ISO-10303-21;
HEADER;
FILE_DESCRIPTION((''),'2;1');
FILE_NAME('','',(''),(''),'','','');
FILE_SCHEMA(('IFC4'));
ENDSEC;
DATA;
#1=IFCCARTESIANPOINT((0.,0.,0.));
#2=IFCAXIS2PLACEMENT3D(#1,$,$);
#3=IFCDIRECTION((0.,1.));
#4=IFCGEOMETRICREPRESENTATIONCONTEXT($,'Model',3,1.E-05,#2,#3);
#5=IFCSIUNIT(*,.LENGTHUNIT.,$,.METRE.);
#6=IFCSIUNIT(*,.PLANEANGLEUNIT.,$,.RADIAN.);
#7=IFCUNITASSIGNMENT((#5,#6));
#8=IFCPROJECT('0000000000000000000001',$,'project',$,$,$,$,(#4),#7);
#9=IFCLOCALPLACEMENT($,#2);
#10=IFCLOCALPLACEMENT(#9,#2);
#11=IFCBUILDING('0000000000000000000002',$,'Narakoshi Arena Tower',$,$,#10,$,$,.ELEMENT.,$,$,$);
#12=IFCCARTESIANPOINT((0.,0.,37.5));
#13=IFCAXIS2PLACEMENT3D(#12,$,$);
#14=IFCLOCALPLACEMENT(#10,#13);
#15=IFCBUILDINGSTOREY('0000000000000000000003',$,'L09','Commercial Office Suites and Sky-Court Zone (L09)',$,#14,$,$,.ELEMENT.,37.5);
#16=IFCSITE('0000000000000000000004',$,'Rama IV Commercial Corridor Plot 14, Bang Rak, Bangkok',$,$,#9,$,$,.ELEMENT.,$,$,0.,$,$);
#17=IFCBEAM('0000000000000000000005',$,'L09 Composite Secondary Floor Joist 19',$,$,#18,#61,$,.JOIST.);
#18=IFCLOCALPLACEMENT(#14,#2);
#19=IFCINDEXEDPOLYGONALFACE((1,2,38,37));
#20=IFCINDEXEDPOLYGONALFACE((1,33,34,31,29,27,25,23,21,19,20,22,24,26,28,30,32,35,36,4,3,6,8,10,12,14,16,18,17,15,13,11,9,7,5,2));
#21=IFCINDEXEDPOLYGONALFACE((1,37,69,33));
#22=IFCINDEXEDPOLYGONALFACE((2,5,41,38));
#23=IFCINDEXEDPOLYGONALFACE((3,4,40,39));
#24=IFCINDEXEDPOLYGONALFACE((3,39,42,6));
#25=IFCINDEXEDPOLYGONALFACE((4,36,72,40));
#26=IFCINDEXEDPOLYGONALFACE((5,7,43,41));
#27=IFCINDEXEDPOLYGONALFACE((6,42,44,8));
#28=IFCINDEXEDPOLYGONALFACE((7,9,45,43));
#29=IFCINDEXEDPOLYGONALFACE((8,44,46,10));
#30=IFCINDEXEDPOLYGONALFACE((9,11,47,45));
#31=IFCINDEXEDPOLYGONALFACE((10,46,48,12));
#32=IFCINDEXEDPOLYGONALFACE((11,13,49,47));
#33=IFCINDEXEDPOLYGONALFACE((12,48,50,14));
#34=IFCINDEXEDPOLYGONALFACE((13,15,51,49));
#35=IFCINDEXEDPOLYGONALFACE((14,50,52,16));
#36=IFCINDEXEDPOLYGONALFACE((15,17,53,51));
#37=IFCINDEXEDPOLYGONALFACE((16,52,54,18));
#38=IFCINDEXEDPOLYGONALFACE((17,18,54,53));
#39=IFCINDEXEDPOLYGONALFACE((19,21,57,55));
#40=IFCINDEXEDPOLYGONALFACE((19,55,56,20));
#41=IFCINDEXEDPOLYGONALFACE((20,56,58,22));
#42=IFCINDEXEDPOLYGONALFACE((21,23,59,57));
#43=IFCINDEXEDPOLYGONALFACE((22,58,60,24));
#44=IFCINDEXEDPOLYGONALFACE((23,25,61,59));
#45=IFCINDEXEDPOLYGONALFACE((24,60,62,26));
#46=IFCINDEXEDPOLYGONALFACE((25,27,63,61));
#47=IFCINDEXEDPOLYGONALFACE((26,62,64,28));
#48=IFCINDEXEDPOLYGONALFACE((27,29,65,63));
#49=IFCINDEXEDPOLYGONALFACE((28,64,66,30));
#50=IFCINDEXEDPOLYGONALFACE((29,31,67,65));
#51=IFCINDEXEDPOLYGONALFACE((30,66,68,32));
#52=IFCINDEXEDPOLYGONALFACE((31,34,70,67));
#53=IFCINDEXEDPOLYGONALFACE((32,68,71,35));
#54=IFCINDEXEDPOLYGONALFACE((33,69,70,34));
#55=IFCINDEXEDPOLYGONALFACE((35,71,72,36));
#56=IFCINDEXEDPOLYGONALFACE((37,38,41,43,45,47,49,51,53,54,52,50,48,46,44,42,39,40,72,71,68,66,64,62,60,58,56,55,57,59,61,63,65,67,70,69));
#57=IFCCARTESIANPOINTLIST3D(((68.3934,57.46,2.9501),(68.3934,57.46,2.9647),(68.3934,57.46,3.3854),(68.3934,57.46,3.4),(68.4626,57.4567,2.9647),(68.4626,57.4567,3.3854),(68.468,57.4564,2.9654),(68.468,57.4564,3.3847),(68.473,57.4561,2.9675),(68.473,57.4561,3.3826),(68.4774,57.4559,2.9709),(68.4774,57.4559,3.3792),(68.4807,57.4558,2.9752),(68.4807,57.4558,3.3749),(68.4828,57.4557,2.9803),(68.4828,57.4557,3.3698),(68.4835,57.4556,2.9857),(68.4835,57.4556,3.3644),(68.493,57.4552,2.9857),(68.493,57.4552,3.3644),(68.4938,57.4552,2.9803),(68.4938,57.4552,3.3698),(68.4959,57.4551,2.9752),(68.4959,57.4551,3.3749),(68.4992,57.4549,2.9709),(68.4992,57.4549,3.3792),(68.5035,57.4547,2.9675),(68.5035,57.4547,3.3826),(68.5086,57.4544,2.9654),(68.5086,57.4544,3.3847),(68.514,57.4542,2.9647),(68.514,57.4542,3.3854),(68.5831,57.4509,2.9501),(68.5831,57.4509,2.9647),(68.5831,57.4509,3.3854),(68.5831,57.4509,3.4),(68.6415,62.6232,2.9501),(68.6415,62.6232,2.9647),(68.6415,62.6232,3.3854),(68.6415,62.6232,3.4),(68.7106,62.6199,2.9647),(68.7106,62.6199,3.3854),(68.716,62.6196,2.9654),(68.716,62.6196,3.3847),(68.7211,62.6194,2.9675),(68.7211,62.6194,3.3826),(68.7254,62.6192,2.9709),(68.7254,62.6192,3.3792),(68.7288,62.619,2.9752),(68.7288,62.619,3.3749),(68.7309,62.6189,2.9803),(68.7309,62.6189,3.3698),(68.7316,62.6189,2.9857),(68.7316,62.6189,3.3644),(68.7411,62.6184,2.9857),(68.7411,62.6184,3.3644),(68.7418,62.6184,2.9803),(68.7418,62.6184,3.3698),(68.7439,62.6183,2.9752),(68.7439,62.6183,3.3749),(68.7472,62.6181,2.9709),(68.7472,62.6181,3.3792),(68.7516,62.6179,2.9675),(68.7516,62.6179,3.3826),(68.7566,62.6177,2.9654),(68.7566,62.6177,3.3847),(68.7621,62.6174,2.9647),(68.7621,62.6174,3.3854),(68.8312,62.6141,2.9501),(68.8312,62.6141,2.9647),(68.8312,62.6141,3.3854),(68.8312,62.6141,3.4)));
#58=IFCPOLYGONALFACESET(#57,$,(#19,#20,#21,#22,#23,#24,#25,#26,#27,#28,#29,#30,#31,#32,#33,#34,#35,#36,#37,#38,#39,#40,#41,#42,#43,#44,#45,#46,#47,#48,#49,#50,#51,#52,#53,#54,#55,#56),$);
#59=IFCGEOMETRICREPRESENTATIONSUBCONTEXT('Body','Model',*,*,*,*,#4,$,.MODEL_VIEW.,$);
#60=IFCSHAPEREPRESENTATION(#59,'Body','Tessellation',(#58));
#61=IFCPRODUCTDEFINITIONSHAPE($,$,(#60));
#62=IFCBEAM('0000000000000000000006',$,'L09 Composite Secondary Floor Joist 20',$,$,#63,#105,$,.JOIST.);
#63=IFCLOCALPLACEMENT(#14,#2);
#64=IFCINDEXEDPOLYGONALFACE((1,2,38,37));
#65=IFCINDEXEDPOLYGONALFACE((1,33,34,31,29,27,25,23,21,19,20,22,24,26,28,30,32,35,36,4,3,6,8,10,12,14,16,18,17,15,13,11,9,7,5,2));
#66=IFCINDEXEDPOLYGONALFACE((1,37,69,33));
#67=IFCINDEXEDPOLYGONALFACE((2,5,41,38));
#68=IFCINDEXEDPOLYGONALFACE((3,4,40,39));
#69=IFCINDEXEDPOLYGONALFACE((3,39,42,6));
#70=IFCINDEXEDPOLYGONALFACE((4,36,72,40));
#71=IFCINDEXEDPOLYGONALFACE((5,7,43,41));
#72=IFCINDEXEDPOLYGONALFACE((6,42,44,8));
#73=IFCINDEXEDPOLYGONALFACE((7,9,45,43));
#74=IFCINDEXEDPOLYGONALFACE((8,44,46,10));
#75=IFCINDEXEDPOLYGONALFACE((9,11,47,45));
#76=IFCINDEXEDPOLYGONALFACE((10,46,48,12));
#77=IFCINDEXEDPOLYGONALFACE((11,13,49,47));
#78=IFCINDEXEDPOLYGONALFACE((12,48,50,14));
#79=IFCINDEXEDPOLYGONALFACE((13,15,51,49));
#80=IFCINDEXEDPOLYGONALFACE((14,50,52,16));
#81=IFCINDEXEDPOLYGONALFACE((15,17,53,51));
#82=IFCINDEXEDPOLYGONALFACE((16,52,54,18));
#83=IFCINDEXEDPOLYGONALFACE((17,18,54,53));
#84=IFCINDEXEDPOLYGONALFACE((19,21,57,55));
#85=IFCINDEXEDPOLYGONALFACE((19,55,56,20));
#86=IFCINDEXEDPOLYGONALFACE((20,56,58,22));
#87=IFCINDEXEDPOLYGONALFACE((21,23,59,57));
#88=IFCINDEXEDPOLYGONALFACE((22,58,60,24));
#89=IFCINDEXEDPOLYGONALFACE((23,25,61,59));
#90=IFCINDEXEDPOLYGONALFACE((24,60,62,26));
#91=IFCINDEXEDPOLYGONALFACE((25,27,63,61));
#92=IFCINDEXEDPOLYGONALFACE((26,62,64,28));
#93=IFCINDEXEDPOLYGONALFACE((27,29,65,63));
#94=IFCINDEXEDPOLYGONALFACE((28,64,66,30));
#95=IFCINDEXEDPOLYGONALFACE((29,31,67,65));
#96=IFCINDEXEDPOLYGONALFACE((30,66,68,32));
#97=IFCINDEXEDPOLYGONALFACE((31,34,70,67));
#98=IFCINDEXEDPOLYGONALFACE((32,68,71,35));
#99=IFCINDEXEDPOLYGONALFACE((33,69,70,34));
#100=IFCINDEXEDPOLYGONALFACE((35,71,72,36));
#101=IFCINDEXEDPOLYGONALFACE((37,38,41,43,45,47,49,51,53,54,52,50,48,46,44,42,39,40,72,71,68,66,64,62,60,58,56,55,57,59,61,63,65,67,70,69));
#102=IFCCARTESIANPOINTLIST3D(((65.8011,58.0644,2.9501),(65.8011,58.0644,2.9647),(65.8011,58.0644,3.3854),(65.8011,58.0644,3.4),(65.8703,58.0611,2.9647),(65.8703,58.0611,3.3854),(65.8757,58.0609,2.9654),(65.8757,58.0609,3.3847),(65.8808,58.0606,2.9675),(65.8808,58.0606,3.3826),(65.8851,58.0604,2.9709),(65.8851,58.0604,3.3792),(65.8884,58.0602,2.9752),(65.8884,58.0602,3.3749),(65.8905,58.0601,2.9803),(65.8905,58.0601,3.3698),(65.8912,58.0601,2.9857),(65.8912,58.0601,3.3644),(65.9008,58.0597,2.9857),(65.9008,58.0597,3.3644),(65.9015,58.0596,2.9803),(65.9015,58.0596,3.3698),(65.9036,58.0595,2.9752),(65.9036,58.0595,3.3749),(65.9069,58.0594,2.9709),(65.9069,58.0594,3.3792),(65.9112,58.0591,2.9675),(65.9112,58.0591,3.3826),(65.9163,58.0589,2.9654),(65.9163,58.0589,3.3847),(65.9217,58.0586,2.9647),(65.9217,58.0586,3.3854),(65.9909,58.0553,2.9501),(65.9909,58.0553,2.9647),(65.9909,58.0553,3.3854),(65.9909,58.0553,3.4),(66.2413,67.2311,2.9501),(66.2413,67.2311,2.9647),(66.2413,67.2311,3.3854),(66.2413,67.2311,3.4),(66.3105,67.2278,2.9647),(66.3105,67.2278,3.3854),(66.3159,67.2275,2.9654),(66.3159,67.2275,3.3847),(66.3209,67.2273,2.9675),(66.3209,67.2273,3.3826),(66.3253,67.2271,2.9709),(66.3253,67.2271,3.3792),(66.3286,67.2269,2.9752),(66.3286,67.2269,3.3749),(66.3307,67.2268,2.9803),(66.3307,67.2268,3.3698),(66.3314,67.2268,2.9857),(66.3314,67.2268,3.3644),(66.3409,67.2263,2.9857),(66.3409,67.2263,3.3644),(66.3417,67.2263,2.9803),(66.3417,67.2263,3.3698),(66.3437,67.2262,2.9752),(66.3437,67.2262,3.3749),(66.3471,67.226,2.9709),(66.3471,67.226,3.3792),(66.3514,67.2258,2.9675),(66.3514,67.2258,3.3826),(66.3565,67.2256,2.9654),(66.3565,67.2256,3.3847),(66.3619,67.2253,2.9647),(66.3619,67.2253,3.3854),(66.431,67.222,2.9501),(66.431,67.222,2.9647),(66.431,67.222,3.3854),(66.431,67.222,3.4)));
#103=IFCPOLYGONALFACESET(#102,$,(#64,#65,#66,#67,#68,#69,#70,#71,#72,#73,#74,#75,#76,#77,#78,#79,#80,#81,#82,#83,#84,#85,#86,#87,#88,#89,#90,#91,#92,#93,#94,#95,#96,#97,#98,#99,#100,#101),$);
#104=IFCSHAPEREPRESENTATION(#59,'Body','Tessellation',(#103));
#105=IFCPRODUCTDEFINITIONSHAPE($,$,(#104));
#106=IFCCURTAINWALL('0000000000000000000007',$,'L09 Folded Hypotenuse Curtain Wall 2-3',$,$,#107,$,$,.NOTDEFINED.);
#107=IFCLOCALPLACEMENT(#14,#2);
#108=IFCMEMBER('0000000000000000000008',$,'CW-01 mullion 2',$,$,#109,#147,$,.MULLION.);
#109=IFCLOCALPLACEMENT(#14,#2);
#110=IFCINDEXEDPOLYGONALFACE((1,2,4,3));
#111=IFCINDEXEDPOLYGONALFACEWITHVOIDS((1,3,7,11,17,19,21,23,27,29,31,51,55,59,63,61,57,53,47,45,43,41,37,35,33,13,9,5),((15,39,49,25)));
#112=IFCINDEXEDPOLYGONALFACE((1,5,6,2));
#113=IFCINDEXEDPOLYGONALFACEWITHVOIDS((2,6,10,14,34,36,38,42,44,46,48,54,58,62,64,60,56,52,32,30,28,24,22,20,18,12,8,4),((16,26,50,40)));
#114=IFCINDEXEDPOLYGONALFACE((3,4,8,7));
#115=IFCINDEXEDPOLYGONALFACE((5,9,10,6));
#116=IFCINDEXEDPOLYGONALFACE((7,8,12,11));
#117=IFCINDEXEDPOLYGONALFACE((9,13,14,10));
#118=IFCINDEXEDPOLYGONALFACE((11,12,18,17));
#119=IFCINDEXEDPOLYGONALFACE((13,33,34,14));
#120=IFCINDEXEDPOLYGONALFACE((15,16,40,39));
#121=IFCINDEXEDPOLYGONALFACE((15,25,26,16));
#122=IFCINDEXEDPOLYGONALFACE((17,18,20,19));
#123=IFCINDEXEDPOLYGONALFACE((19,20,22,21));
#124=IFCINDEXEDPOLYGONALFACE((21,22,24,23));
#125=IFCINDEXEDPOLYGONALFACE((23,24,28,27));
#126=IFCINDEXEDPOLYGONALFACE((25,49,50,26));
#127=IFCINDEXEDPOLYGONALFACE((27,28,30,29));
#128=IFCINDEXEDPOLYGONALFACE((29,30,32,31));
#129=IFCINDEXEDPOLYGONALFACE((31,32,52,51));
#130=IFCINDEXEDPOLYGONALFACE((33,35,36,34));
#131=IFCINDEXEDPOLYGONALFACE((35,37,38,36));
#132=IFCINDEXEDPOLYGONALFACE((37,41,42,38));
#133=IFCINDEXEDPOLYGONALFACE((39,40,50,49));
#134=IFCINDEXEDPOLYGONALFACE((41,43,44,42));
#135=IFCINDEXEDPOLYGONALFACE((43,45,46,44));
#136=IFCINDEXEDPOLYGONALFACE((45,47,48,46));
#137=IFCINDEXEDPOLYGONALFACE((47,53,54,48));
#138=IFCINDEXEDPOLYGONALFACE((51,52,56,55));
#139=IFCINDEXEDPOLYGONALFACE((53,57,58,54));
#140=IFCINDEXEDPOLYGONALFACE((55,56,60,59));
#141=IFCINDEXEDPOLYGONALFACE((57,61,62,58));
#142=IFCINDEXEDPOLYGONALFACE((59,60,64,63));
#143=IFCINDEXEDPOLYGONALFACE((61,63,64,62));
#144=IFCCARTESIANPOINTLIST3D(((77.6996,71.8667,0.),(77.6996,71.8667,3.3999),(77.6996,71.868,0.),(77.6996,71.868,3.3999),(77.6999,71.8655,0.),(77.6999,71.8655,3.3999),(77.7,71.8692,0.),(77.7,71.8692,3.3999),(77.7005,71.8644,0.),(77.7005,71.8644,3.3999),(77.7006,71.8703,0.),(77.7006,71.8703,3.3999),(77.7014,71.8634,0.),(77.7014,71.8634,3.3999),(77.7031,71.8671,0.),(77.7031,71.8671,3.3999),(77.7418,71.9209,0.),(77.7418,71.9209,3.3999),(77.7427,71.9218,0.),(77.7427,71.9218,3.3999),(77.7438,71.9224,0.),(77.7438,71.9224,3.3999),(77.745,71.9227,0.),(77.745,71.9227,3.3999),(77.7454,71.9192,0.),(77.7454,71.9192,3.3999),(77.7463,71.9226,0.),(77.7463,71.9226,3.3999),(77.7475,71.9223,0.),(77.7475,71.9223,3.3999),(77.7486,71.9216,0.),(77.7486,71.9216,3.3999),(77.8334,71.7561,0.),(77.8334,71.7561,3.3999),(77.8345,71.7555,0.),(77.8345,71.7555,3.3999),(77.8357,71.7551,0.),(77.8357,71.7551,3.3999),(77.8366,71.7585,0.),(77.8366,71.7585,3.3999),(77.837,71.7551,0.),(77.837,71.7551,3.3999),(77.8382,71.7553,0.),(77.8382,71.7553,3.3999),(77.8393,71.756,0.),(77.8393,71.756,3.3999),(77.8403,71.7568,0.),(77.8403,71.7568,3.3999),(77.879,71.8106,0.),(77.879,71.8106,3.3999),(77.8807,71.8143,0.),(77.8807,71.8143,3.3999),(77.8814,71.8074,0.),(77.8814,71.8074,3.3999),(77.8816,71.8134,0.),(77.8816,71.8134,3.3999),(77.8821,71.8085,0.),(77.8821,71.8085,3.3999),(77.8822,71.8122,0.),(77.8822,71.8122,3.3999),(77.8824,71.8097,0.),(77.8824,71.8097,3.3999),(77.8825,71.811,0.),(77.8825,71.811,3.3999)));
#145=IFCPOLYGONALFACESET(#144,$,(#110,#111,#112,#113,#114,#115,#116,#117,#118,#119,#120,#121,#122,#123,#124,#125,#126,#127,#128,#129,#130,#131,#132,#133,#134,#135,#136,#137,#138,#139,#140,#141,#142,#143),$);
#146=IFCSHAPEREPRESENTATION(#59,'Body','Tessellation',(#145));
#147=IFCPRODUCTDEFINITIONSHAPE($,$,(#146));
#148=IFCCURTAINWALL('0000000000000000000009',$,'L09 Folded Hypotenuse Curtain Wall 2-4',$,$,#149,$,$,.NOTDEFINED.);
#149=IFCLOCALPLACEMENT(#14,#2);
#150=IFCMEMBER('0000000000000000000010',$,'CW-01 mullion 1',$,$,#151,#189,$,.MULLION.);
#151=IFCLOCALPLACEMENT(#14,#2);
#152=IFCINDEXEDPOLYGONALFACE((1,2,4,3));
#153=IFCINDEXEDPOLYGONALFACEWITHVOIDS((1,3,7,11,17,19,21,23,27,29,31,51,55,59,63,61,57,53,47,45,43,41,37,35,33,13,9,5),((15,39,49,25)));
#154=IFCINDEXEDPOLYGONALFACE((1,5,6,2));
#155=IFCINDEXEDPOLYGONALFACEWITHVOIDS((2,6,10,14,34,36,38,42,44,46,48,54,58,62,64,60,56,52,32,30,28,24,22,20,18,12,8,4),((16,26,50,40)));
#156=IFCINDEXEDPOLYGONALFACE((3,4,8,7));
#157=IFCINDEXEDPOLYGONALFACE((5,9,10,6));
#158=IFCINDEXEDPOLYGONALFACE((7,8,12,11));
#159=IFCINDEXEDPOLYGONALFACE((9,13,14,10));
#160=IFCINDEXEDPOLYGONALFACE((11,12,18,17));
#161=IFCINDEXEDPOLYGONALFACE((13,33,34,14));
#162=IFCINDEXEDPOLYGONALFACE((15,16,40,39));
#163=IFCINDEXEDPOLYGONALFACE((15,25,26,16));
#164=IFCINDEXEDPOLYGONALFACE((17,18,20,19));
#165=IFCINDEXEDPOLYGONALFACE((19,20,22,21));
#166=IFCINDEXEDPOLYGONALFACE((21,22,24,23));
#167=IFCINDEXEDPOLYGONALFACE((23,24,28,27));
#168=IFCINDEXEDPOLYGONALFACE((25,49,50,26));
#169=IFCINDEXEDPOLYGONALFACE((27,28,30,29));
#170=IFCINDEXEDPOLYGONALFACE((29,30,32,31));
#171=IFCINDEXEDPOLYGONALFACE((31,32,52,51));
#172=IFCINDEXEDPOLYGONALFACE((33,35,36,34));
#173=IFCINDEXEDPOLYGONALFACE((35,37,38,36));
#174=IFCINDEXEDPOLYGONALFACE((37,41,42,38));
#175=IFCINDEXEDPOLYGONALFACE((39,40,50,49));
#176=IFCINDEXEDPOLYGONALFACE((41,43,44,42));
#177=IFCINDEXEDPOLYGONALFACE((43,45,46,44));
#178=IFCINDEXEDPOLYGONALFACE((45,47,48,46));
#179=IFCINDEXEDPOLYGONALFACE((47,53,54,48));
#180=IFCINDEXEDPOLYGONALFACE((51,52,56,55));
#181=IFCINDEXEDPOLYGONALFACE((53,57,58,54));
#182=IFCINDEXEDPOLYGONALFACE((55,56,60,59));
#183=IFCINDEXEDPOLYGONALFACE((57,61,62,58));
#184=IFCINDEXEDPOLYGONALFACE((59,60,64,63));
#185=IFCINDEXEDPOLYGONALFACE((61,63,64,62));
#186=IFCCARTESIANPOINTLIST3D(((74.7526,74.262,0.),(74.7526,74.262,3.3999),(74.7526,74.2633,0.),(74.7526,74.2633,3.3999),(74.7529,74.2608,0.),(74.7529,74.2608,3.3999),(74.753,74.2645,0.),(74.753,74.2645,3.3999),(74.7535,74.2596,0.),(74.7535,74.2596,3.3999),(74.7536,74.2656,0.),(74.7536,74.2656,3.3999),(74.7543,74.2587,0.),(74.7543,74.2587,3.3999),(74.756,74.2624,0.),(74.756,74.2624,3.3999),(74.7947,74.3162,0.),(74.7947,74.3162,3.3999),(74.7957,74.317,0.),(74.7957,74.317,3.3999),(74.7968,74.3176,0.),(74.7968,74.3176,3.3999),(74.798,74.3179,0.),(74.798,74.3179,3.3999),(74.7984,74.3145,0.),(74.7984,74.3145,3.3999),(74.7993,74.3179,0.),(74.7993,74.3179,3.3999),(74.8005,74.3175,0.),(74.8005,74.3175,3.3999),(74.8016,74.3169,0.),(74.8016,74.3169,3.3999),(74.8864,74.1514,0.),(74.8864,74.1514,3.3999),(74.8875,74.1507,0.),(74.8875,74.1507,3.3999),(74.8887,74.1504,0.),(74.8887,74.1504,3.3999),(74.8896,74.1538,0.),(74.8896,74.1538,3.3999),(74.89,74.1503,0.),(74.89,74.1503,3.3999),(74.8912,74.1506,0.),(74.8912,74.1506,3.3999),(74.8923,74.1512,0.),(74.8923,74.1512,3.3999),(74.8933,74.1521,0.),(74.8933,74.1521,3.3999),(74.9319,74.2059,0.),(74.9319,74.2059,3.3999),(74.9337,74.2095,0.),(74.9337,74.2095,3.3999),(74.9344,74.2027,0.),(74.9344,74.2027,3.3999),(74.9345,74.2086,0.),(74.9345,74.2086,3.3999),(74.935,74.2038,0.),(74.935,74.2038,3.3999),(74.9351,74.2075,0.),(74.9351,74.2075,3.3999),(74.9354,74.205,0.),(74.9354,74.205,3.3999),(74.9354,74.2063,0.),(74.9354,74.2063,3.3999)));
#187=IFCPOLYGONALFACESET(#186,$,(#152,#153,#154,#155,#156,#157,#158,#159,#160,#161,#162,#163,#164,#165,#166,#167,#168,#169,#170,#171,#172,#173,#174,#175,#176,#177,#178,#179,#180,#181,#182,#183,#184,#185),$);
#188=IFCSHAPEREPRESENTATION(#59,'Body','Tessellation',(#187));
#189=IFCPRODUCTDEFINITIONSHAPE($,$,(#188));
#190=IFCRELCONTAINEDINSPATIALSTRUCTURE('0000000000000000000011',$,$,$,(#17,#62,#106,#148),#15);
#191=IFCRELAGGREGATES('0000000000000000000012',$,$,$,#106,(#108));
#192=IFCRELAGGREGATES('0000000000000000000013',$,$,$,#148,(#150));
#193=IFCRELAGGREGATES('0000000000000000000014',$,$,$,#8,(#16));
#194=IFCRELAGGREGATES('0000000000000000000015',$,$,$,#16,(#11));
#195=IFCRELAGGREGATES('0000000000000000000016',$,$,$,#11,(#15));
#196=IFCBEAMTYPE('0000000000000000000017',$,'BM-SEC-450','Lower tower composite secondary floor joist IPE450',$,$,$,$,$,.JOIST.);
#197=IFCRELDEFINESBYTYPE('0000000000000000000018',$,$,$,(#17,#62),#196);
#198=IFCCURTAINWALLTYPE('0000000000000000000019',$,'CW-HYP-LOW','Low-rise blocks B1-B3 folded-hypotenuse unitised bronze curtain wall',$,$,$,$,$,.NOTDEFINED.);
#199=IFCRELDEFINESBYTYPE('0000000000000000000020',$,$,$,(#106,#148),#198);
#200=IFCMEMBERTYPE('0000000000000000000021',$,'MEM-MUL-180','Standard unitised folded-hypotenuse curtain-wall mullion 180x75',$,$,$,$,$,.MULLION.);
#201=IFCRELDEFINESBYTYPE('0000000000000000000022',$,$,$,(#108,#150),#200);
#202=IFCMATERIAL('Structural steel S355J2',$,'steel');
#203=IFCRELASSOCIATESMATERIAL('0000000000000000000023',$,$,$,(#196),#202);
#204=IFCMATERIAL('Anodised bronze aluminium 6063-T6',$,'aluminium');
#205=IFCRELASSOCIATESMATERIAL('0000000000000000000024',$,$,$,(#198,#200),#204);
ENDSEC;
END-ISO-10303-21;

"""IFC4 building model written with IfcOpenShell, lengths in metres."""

from ifc_helpers import new_model, si_unit, direction, frame, origin, origin_2d, place, context, subcontext, project, spatial, hollow_rectangle, i_section, extrude, material, material_profile, profile_set, type_object, element, aggregate, save


model = new_model("IFC4")

# Units and contexts
model_context = context("Model", 3, precision=1e-05, world=origin(), true_north=direction((0.0, 1.0)))
body_context = subcontext(model_context, "Body", "Model", "MODEL_VIEW")
ifc_project = project(units=[si_unit("LENGTHUNIT", "METRE"), si_unit("PLANEANGLEUNIT", "RADIAN")], contexts=[model_context])

# Site, building, storey
site_placement = place(None, origin())
site = spatial("IfcSite", under=ifc_project, at=site_placement, Name="Rama IV Commercial Corridor Plot 14, Bang Rak, Bangkok", CompositionType="ELEMENT", RefElevation=0.0)
building_placement = place(site_placement, origin())
building = spatial("IfcBuilding", under=site, at=building_placement, Name="Narakoshi Arena Tower", CompositionType="ELEMENT")
storey_placement = place(building_placement, frame((0.0, 0.0, 37.5)))
storey = spatial("IfcBuildingStorey", under=building, at=storey_placement, Name="L09", Description="Commercial Office Suites and Sky-Court Zone (L09)", CompositionType="ELEMENT", Elevation=37.5)

# Beams
ifc_material_1 = material(Name="Structural steel S355J2", Category="steel")
ifc_material_profile_1 = material_profile(ifc_material_1, i_section(OverallWidth=0.1899, OverallDepth=0.45, WebThickness=0.0095, FlangeThickness=0.0146, FilletRadius=0.021, at=origin_2d()), Name="IPE450")
ifc_profile_set_1 = profile_set([ifc_material_profile_1], Name="Structural steel S355J2")
beam_type_1 = type_object("IfcBeamType", Name="BM-SEC-450", Description="Lower tower composite secondary floor joist IPE450", PredefinedType="JOIST", material=ifc_profile_set_1)
beam_1_placement = place(storey_placement, frame((68.7363, 62.6187, 3.175), z_axis=(-0.047985, -0.998848, 0.0), x_axis=(0.998848, -0.047985, 0.0)))
element("IfcBeam", 1, at=beam_1_placement, inside=storey, type_object=beam_type_1, Name="L09 Composite Secondary Floor Joist 19", PredefinedType="JOIST", context=body_context, shape_type="SweptSolid", body=[
    extrude(i_section(OverallWidth=0.1899, OverallDepth=0.45, WebThickness=0.0095, FlangeThickness=0.0146, FilletRadius=0.021, at=origin_2d()), origin(), (0.0, 0.0, 1.0), 5.1692),
])
beam_2_placement = place(storey_placement, frame((66.3362, 67.2266, 3.175), z_axis=(-0.047965, -0.998849, 0.0), x_axis=(0.998849, -0.047965, 0.0)))
element("IfcBeam", 2, at=beam_2_placement, inside=storey, type_object=beam_type_1, Name="L09 Composite Secondary Floor Joist 20", PredefinedType="JOIST", context=body_context, shape_type="SweptSolid", body=[
    extrude(i_section(OverallWidth=0.1899, OverallDepth=0.45, WebThickness=0.0095, FlangeThickness=0.0146, FilletRadius=0.021, at=origin_2d()), origin(), (0.0, 0.0, 1.0), 9.1772),
])

# Curtain wall, member
ifc_material_2 = material(Name="Anodised bronze aluminium 6063-T6", Category="aluminium")
curtain_wall_type = type_object("IfcCurtainWallType", Name="CW-HYP-LOW", Description="Low-rise blocks B1-B3 folded-hypotenuse unitised bronze curtain wall", PredefinedType="NOTDEFINED", material=ifc_material_2)
curtain_wall_1_placement = place(storey_placement, origin())
curtain_wall_1 = element("IfcCurtainWall", 3, at=curtain_wall_1_placement, inside=storey, type_object=curtain_wall_type, Name="L09 Folded Hypotenuse Curtain Wall 2-3", PredefinedType="NOTDEFINED")
ifc_material_profile_2 = material_profile(ifc_material_2, hollow_rectangle(XDim=0.075, YDim=0.1799, WallThickness=0.0039, OuterFilletRadius=0.0049, at=origin_2d()), Name="MUL180x75x4")
ifc_profile_set_2 = profile_set([ifc_material_profile_2], Name="Anodised bronze aluminium 6063-T6")
member_type_1 = type_object("IfcMemberType", Name="MEM-MUL-180", Description="Standard unitised folded-hypotenuse curtain-wall mullion 180x75", PredefinedType="MULLION", material=ifc_profile_set_2)
member_1_placement = place(storey_placement, frame((77.791, 71.8389, 0.0), z_axis=(0.0, 0.0, 1.0), x_axis=(-0.630723, -0.776008, 0.0)))
member_1 = element("IfcMember", 4, at=member_1_placement, type_object=member_type_1, Name="CW-01 mullion 2", PredefinedType="MULLION", context=body_context, shape_type="SweptSolid", body=[
    extrude(hollow_rectangle(XDim=0.075, YDim=0.1799, WallThickness=0.0039, OuterFilletRadius=0.0049, at=origin_2d()), origin(), (0.0, 0.0, 1.0), 3.3999),
])

# Curtain wall, member
curtain_wall_2_placement = place(storey_placement, origin())
curtain_wall_2 = element("IfcCurtainWall", 5, at=curtain_wall_2_placement, inside=storey, type_object=curtain_wall_type, Name="L09 Folded Hypotenuse Curtain Wall 2-4", PredefinedType="NOTDEFINED")
member_2_placement = place(storey_placement, frame((74.844, 74.2341, 0.0), z_axis=(0.0, 0.0, 1.0), x_axis=(-0.630734, -0.775999, 0.0)))
member_2 = element("IfcMember", 6, at=member_2_placement, type_object=member_type_1, Name="CW-01 mullion 1", PredefinedType="MULLION", context=body_context, shape_type="SweptSolid", body=[
    extrude(hollow_rectangle(XDim=0.075, YDim=0.1799, WallThickness=0.0039, OuterFilletRadius=0.0049, at=origin_2d()), origin(), (0.0, 0.0, 1.0), 3.3999),
])

aggregate(curtain_wall_1, [member_1])
aggregate(curtain_wall_2, [member_2])

save(model, "model.ifc")
